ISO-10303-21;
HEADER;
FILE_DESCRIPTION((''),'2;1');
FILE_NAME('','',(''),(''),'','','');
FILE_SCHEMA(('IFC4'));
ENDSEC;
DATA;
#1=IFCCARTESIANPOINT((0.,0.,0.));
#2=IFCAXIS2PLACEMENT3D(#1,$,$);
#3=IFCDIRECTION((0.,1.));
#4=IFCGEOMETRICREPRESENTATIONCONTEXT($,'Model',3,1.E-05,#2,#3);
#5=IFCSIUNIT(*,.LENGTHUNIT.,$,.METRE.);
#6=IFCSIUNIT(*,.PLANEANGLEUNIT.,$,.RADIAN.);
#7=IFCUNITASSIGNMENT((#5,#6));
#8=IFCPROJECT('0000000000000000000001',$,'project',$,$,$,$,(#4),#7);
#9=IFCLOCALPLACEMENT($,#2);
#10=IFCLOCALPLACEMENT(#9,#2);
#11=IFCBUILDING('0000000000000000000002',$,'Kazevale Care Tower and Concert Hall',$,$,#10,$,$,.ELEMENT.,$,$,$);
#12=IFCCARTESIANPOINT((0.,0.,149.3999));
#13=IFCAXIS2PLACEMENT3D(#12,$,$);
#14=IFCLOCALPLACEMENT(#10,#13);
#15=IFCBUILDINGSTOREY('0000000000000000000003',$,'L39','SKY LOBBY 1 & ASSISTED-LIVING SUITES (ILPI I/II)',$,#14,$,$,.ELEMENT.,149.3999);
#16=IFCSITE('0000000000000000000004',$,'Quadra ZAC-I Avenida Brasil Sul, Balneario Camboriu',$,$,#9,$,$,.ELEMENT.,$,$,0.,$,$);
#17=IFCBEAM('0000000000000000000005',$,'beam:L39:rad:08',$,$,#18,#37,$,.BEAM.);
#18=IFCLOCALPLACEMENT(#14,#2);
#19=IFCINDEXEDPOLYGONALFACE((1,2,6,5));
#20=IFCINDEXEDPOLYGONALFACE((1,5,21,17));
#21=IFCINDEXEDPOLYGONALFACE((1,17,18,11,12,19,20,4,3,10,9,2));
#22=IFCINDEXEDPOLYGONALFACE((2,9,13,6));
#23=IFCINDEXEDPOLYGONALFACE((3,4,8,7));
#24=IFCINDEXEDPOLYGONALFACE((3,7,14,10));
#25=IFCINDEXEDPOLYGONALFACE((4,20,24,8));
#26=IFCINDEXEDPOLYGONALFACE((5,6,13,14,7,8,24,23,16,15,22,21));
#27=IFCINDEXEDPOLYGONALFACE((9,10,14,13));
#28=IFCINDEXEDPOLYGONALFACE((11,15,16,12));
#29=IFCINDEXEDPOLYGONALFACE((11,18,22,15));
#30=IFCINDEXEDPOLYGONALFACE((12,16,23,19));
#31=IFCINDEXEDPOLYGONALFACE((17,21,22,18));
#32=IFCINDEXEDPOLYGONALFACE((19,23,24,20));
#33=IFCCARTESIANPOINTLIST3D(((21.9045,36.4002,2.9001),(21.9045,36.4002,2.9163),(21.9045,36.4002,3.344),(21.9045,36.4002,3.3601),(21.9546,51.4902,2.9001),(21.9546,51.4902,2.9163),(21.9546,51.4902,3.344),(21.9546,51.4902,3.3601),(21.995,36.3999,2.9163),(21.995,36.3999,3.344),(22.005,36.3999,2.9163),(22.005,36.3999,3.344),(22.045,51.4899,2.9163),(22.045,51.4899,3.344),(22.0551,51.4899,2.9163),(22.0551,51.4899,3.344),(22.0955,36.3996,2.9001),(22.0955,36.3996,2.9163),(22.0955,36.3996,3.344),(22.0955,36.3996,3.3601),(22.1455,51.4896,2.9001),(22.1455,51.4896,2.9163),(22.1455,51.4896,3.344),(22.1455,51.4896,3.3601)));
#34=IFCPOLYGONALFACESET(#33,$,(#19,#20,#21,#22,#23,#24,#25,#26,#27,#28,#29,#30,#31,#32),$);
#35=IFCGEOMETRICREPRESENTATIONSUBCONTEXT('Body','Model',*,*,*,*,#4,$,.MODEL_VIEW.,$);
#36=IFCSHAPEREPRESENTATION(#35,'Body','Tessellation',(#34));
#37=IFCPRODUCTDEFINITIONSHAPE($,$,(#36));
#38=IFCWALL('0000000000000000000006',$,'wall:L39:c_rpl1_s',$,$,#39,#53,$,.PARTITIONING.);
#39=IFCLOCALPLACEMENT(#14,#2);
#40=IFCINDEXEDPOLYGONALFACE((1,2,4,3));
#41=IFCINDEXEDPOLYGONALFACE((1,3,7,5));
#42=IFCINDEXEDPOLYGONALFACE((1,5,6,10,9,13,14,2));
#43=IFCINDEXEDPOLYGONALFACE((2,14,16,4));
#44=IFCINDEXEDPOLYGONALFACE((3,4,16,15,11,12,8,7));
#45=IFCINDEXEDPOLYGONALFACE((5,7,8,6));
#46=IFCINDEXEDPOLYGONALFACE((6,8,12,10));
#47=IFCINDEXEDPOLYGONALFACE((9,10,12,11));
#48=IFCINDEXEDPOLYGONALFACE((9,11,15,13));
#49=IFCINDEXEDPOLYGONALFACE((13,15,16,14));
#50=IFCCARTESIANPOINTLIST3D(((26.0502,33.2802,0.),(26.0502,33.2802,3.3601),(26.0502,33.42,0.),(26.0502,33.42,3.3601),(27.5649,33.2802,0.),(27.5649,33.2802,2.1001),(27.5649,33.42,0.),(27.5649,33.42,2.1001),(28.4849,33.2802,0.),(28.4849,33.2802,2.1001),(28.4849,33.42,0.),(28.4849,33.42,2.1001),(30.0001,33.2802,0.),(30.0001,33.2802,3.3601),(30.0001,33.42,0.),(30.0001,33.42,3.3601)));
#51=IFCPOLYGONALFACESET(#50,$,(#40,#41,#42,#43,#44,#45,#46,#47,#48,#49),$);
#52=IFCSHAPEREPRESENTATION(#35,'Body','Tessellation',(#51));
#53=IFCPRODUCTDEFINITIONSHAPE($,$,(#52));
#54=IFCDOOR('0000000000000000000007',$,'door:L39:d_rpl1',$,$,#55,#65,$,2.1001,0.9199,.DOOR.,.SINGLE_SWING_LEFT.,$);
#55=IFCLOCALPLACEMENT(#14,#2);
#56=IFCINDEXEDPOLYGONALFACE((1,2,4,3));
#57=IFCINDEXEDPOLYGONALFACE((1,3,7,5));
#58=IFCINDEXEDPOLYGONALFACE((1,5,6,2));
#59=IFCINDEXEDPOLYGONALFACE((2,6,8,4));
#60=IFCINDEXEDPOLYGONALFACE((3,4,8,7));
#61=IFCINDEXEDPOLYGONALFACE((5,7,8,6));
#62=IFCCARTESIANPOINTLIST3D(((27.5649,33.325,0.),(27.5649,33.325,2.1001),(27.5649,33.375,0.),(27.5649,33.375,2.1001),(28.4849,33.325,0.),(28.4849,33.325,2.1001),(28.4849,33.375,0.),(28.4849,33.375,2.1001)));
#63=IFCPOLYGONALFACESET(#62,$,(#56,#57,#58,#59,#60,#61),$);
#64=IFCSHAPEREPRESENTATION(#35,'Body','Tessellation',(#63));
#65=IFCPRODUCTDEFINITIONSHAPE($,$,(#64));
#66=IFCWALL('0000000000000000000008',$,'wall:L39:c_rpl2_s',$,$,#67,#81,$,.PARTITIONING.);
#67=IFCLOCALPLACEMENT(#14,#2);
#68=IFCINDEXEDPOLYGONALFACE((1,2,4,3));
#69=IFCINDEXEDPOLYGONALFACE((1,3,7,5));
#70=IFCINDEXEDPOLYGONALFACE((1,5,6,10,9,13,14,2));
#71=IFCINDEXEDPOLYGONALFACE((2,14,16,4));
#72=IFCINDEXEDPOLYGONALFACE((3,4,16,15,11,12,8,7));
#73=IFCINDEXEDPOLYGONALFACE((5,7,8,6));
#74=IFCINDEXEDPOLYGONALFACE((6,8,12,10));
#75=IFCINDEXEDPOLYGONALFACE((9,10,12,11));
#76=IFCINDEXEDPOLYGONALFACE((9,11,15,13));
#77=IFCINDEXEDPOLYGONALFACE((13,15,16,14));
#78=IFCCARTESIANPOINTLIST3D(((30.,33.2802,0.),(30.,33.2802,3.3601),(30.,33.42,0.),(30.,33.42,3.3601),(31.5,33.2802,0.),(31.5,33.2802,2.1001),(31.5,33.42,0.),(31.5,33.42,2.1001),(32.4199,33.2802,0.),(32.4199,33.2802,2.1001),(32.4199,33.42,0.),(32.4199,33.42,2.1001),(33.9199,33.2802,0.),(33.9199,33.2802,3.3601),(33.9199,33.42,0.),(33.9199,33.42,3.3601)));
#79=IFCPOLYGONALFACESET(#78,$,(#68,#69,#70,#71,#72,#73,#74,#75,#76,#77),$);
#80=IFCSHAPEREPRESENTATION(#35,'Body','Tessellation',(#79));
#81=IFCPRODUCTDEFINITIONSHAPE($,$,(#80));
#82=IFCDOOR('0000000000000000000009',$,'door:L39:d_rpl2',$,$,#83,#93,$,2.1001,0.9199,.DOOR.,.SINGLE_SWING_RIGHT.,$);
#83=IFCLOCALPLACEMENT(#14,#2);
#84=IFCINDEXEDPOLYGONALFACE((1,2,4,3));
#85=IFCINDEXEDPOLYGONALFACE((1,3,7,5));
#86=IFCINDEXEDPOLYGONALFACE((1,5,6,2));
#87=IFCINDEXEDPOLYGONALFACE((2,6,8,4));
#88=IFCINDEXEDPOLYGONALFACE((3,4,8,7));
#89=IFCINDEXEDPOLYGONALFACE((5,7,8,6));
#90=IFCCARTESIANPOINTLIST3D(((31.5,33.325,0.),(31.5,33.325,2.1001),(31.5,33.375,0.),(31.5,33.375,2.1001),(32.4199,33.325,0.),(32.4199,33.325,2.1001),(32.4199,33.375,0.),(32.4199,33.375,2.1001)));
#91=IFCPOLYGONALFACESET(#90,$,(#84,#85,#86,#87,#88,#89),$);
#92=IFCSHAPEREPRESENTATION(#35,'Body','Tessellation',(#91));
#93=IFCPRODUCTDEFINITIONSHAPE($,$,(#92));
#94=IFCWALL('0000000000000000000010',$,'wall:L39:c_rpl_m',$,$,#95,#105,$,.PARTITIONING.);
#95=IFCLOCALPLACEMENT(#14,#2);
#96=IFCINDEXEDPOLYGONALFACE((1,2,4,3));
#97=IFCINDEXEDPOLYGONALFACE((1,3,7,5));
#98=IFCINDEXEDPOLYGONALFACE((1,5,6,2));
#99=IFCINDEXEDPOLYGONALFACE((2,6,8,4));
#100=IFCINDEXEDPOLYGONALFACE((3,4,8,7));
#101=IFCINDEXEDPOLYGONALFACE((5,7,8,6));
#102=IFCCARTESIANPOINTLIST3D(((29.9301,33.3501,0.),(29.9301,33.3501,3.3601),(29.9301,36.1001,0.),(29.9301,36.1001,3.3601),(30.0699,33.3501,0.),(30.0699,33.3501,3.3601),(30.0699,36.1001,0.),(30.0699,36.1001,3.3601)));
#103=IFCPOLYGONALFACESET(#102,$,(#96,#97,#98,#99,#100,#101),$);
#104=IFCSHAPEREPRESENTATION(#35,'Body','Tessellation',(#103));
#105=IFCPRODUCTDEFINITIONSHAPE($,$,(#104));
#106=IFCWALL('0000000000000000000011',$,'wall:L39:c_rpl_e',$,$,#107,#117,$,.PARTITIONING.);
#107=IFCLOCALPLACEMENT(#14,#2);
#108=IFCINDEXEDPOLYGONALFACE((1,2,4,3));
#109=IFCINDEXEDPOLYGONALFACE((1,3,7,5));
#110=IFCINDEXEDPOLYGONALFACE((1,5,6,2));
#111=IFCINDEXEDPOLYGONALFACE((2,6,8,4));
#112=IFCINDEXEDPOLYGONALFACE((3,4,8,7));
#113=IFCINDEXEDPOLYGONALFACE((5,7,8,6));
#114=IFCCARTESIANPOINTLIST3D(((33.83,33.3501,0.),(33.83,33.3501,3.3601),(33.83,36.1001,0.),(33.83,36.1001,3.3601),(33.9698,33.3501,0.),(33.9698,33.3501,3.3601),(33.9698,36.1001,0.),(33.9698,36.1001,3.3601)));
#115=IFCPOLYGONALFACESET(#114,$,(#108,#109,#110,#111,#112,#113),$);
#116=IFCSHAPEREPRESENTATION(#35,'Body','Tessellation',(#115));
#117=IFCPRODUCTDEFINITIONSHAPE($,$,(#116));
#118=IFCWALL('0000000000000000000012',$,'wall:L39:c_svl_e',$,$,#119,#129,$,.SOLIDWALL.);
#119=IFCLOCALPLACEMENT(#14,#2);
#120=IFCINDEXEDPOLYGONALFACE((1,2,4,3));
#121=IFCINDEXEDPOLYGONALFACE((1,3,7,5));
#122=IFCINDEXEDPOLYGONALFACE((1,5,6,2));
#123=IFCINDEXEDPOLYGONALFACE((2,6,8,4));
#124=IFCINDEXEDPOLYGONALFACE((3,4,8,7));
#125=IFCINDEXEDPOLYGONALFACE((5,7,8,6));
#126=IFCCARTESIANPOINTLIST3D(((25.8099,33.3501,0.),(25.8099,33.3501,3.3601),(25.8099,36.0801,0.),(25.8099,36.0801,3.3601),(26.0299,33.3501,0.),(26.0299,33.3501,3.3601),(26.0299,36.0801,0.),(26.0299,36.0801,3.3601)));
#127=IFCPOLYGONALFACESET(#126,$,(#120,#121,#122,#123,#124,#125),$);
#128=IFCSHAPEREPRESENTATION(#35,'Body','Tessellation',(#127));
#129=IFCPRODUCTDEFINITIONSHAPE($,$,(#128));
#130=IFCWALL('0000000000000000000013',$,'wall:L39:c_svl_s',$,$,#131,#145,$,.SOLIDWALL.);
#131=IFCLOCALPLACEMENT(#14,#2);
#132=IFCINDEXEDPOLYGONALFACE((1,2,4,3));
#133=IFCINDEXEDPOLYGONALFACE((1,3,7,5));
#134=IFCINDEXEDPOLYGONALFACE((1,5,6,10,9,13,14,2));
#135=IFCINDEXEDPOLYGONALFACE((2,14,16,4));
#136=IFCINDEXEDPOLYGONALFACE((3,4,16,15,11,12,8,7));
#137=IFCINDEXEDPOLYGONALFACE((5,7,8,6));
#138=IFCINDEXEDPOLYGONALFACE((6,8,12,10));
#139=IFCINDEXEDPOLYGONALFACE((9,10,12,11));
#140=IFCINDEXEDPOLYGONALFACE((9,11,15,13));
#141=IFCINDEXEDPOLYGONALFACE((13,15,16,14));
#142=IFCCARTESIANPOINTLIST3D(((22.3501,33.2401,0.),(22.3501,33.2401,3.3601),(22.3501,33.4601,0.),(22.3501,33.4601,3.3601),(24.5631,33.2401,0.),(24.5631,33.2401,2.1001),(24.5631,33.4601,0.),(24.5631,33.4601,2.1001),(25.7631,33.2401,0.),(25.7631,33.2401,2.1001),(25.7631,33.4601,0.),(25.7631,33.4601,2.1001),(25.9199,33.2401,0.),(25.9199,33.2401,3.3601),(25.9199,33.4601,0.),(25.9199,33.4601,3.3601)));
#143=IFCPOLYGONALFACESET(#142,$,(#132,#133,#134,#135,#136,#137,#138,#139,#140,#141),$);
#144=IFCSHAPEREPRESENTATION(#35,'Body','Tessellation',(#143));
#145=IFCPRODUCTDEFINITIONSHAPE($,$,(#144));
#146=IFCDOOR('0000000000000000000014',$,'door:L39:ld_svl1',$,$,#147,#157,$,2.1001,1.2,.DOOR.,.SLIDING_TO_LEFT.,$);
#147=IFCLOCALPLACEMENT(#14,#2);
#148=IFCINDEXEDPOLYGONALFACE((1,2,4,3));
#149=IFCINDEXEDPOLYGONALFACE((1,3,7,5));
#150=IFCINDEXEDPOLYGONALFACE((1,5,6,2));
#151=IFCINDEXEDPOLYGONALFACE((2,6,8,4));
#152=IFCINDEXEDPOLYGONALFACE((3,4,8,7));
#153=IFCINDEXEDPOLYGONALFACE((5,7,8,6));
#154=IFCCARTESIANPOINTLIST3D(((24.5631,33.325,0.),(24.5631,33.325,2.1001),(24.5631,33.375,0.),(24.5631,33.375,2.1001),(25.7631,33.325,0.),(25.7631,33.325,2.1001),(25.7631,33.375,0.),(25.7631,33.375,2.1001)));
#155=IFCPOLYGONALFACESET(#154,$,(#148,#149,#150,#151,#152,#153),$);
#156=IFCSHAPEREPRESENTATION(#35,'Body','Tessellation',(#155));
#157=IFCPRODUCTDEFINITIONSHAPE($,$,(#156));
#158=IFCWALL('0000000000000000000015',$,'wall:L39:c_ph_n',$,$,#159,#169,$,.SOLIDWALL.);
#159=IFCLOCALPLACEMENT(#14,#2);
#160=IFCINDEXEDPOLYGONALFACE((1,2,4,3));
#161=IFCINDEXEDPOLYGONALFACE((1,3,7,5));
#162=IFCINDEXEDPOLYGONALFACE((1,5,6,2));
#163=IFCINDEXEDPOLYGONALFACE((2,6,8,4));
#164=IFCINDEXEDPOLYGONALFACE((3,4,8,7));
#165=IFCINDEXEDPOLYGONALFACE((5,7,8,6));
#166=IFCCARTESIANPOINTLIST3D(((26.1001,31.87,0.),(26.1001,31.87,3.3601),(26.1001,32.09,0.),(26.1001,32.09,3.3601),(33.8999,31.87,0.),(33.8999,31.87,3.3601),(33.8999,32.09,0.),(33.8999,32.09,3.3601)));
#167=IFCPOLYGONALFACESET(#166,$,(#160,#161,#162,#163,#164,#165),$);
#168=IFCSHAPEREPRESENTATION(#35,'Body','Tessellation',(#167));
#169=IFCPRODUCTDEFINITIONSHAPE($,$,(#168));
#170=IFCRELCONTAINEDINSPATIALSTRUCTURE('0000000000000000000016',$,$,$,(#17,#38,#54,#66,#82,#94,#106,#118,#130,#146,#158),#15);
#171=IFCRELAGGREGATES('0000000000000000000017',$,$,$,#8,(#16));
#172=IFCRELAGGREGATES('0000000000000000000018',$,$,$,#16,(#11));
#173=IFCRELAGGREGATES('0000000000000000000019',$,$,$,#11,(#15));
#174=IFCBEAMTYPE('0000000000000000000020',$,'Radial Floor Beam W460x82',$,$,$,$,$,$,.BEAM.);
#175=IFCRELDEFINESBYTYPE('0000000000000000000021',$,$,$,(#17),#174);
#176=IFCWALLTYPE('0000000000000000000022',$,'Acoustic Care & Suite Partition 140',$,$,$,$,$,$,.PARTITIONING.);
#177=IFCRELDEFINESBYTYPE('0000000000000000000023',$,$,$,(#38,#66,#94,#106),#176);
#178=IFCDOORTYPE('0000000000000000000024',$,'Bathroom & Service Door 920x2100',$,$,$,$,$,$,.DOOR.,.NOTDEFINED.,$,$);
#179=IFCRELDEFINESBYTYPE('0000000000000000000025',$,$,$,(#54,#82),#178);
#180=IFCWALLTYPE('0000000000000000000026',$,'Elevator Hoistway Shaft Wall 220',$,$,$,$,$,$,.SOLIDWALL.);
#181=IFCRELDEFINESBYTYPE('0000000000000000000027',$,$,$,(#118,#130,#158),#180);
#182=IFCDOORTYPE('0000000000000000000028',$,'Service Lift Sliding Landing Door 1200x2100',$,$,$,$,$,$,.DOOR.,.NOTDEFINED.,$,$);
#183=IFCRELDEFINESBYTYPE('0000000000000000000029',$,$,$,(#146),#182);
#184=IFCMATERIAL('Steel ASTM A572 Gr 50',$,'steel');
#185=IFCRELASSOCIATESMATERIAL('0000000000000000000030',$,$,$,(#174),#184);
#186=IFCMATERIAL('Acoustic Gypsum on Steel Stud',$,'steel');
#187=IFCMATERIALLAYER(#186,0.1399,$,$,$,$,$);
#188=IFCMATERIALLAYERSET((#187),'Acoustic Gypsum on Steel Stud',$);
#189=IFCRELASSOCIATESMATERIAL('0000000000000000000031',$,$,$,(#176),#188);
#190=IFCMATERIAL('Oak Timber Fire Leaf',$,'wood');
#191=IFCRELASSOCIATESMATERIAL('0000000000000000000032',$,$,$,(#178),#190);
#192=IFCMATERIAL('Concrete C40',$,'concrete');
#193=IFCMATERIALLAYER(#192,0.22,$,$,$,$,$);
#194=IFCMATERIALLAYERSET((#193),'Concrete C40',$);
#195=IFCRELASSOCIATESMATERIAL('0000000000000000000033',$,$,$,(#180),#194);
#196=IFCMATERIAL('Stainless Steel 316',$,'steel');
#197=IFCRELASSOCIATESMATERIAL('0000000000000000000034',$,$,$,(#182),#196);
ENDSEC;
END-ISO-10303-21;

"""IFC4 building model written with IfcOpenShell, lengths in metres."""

from ifc_helpers import new_model, si_unit, direction, frame, frame_2d, origin, origin_2d, place, context, subcontext, project, spatial, rectangle, i_section, extrude, material, layer, layer_set, material_profile, profile_set, type_object, element, fill, save


model = new_model("IFC4")

# Units and contexts
model_context = context("Model", 3, precision=1e-05, world=origin(), true_north=direction((0.0, 1.0)))
body_context = subcontext(model_context, "Body", "Model", "MODEL_VIEW")
ifc_project = project(units=[si_unit("LENGTHUNIT", "METRE"), si_unit("PLANEANGLEUNIT", "RADIAN")], contexts=[model_context])

# Site, building, storey
site_placement = place(None, origin())
site = spatial("IfcSite", under=ifc_project, at=site_placement, Name="Quadra ZAC-I Avenida Brasil Sul, Balneario Camboriu", CompositionType="ELEMENT", RefElevation=0.0)
building_placement = place(site_placement, origin())
building = spatial("IfcBuilding", under=site, at=building_placement, Name="Kazevale Care Tower and Concert Hall", CompositionType="ELEMENT")
storey_placement = place(building_placement, frame((0.0, 0.0, 149.3999)))
storey = spatial("IfcBuildingStorey", under=building, at=storey_placement, Name="L39", Description="SKY LOBBY 1 & ASSISTED-LIVING SUITES (ILPI I/II)", CompositionType="ELEMENT", Elevation=149.3999)

# Beam
ifc_material_1 = material(Name="Steel ASTM A572 Gr 50", Category="steel")
ifc_material_profile = material_profile(ifc_material_1, i_section(OverallWidth=0.1909, OverallDepth=0.46, WebThickness=0.01, FlangeThickness=0.0161, at=origin_2d()), Name="W460x82")
ifc_profile_set = profile_set([ifc_material_profile], Name="Steel ASTM A572 Gr 50")
beam_type = type_object("IfcBeamType", Name="Radial Floor Beam W460x82", PredefinedType="BEAM", material=ifc_profile_set)
beam_placement = place(storey_placement, frame((22.0, 36.3999, 3.1301), z_axis=(0.003317, 0.999994, 0.0), x_axis=(-0.999994, 0.003317, 0.0)))
element("IfcBeam", 1, at=beam_placement, inside=storey, type_object=beam_type, Name="beam:L39:rad:08", PredefinedType="BEAM", context=body_context, shape_type="SweptSolid", body=[
    extrude(i_section(OverallWidth=0.1909, OverallDepth=0.46, WebThickness=0.01, FlangeThickness=0.0161, at=origin_2d()), origin(), (0.0, 0.0, 1.0), 15.0901),
])

# Walls, openings, doors
ifc_material_2 = material(Name="Acoustic Gypsum on Steel Stud", Category="steel")
ifc_layer_1 = layer(ifc_material_2, 0.1399)
ifc_layer_set_1 = layer_set([ifc_layer_1], Name="Acoustic Gypsum on Steel Stud")
wall_type_1 = type_object("IfcWallType", Name="Acoustic Care & Suite Partition 140", PredefinedType="PARTITIONING", material=ifc_layer_set_1)
wall_1_placement = place(storey_placement, frame((26.05, 33.3501, 0.0), z_axis=(0.0, 0.0, 1.0), x_axis=(1.0, 0.0, 0.0)))
wall_1 = element("IfcWall", 2, at=wall_1_placement, inside=storey, type_object=wall_type_1, Name="wall:L39:c_rpl1_s", PredefinedType="PARTITIONING", context=body_context, shape_type="SweptSolid", body=[
    extrude(rectangle(XDim=3.95, YDim=0.1399, at=frame_2d((1.9751, 0.0))), origin(), (0.0, 0.0, 1.0), 3.3601),
])
opening_1_placement = place(wall_1_placement, frame((1.5149, 0.0, 0.0)))
opening_1 = element("IfcOpeningElement", 3, at=opening_1_placement, cuts=wall_1, PredefinedType="OPENING", context=body_context, shape_type="SweptSolid", body=[
    extrude(rectangle(XDim=0.9199, YDim=2.1001, at=frame_2d((0.46, 1.05))), frame((0.0, 0.0798, 0.0), z_axis=(0.0, -1.0, 0.0), x_axis=(1.0, 0.0, 0.0)), (0.0, 0.0, 1.0), 0.1599),
])
ifc_material_3 = material(Name="Oak Timber Fire Leaf", Category="wood")
door_type_1 = type_object("IfcDoorType", Name="Bathroom & Service Door 920x2100", OperationType="NOTDEFINED", PredefinedType="DOOR", material=ifc_material_3)
door_1_placement = place(opening_1_placement, origin())
door_1 = element("IfcDoor", 4, at=door_1_placement, inside=storey, type_object=door_type_1, Name="door:L39:d_rpl1", OperationType="SINGLE_SWING_LEFT", OverallHeight=2.1001, OverallWidth=0.9199, PredefinedType="DOOR", context=body_context, shape_type="SweptSolid", body=[
    extrude(rectangle(XDim=0.9199, YDim=2.1001, at=frame_2d((0.46, 1.05))), frame((0.0, 0.0249, 0.0), z_axis=(0.0, -1.0, 0.0), x_axis=(1.0, 0.0, 0.0)), (0.0, 0.0, 1.0), 0.05),
])
fill(opening_1, door_1)
wall_2_placement = place(storey_placement, frame((30.0, 33.3501, 0.0), z_axis=(0.0, 0.0, 1.0), x_axis=(1.0, 0.0, 0.0)))
wall_2 = element("IfcWall", 5, at=wall_2_placement, inside=storey, type_object=wall_type_1, Name="wall:L39:c_rpl2_s", PredefinedType="PARTITIONING", context=body_context, shape_type="SweptSolid", body=[
    extrude(rectangle(XDim=3.9199, YDim=0.1399, at=frame_2d((1.96, 0.0))), origin(), (0.0, 0.0, 1.0), 3.3601),
])
opening_2_placement = place(wall_2_placement, frame((1.5, 0.0, 0.0)))
opening_2 = element("IfcOpeningElement", 6, at=opening_2_placement, cuts=wall_2, PredefinedType="OPENING", context=body_context, shape_type="SweptSolid", body=[
    extrude(rectangle(XDim=0.9199, YDim=2.1001, at=frame_2d((0.46, 1.05))), frame((0.0, 0.0798, 0.0), z_axis=(0.0, -1.0, 0.0), x_axis=(1.0, 0.0, 0.0)), (0.0, 0.0, 1.0), 0.1599),
])
door_2_placement = place(opening_2_placement, origin())
door_2 = element("IfcDoor", 7, at=door_2_placement, inside=storey, type_object=door_type_1, Name="door:L39:d_rpl2", OperationType="SINGLE_SWING_RIGHT", OverallHeight=2.1001, OverallWidth=0.9199, PredefinedType="DOOR", context=body_context, shape_type="SweptSolid", body=[
    extrude(rectangle(XDim=0.9199, YDim=2.1001, at=frame_2d((0.46, 1.05))), frame((0.0, 0.0249, 0.0), z_axis=(0.0, -1.0, 0.0), x_axis=(1.0, 0.0, 0.0)), (0.0, 0.0, 1.0), 0.05),
])
fill(opening_2, door_2)

# Walls
for number, where, z_axis, x_axis, name in (
    (8, (30.0, 33.3501, 0.0), (0.0, 0.0, 1.0), (0.0, 1.0, 0.0), "wall:L39:c_rpl_m"),
    (9, (33.8999, 33.3501, 0.0), (0.0, 0.0, 1.0), (0.0, 1.0, 0.0), "wall:L39:c_rpl_e"),
):
    element("IfcWall", number, at=place(storey_placement, frame(where, z_axis=z_axis, x_axis=x_axis)), inside=storey, type_object=wall_type_1, Name=name, PredefinedType="PARTITIONING", context=body_context, shape_type="SweptSolid", body=[
        extrude(rectangle(XDim=2.75, YDim=0.1399, at=frame_2d((1.375, 0.0))), origin(), (0.0, 0.0, 1.0), 3.3601),
    ])
ifc_material_4 = material(Name="Concrete C40", Category="concrete")
ifc_layer_2 = layer(ifc_material_4, 0.22)
ifc_layer_set_2 = layer_set([ifc_layer_2], Name="Concrete C40")
wall_type_2 = type_object("IfcWallType", Name="Elevator Hoistway Shaft Wall 220", PredefinedType="SOLIDWALL", material=ifc_layer_set_2)
wall_3_placement = place(storey_placement, frame((25.9199, 33.3501, 0.0), z_axis=(0.0, 0.0, 1.0), x_axis=(0.0, 1.0, 0.0)))
element("IfcWall", 10, at=wall_3_placement, inside=storey, type_object=wall_type_2, Name="wall:L39:c_svl_e", PredefinedType="SOLIDWALL", context=body_context, shape_type="SweptSolid", body=[
    extrude(rectangle(XDim=2.73, YDim=0.22, at=frame_2d((1.365, 0.0))), origin(), (0.0, 0.0, 1.0), 3.3601),
])

# Wall, opening, door
wall_4_placement = place(storey_placement, frame((22.3501, 33.3501, 0.0), z_axis=(0.0, 0.0, 1.0), x_axis=(1.0, 0.0, 0.0)))
wall_4 = element("IfcWall", 11, at=wall_4_placement, inside=storey, type_object=wall_type_2, Name="wall:L39:c_svl_s", PredefinedType="SOLIDWALL", context=body_context, shape_type="SweptSolid", body=[
    extrude(rectangle(XDim=3.5698, YDim=0.22, at=frame_2d((1.7849, 0.0))), origin(), (0.0, 0.0, 1.0), 3.3601),
])
opening_3_placement = place(wall_4_placement, frame((2.2129, 0.0, 0.0)))
opening_3 = element("IfcOpeningElement", 12, at=opening_3_placement, cuts=wall_4, PredefinedType="OPENING", context=body_context, shape_type="SweptSolid", body=[
    extrude(rectangle(XDim=1.2, YDim=2.1001, at=frame_2d((0.6001, 1.05))), frame((0.0, 0.1199, 0.0), z_axis=(0.0, -1.0, 0.0), x_axis=(1.0, 0.0, 0.0)), (0.0, 0.0, 1.0), 0.24),
])
ifc_material_5 = material(Name="Stainless Steel 316", Category="steel")
door_type_2 = type_object("IfcDoorType", Name="Service Lift Sliding Landing Door 1200x2100", OperationType="NOTDEFINED", PredefinedType="DOOR", material=ifc_material_5)
door_3_placement = place(opening_3_placement, origin())
door_3 = element("IfcDoor", 13, at=door_3_placement, inside=storey, type_object=door_type_2, Name="door:L39:ld_svl1", OperationType="SLIDING_TO_LEFT", OverallHeight=2.1001, OverallWidth=1.2, PredefinedType="DOOR", context=body_context, shape_type="SweptSolid", body=[
    extrude(rectangle(XDim=1.2, YDim=2.1001, at=frame_2d((0.6001, 1.05))), frame((0.0, 0.0249, 0.0), z_axis=(0.0, -1.0, 0.0), x_axis=(1.0, 0.0, 0.0)), (0.0, 0.0, 1.0), 0.05),
])
fill(opening_3, door_3)

# Wall
wall_5_placement = place(storey_placement, frame((26.1001, 31.98, 0.0), z_axis=(0.0, 0.0, 1.0), x_axis=(1.0, 0.0, 0.0)))
element("IfcWall", 14, at=wall_5_placement, inside=storey, type_object=wall_type_2, Name="wall:L39:c_ph_n", PredefinedType="SOLIDWALL", context=body_context, shape_type="SweptSolid", body=[
    extrude(rectangle(XDim=7.7998, YDim=0.22, at=frame_2d((3.8999, 0.0))), origin(), (0.0, 0.0, 1.0), 3.3601),
])

save(model, "model.ifc")
